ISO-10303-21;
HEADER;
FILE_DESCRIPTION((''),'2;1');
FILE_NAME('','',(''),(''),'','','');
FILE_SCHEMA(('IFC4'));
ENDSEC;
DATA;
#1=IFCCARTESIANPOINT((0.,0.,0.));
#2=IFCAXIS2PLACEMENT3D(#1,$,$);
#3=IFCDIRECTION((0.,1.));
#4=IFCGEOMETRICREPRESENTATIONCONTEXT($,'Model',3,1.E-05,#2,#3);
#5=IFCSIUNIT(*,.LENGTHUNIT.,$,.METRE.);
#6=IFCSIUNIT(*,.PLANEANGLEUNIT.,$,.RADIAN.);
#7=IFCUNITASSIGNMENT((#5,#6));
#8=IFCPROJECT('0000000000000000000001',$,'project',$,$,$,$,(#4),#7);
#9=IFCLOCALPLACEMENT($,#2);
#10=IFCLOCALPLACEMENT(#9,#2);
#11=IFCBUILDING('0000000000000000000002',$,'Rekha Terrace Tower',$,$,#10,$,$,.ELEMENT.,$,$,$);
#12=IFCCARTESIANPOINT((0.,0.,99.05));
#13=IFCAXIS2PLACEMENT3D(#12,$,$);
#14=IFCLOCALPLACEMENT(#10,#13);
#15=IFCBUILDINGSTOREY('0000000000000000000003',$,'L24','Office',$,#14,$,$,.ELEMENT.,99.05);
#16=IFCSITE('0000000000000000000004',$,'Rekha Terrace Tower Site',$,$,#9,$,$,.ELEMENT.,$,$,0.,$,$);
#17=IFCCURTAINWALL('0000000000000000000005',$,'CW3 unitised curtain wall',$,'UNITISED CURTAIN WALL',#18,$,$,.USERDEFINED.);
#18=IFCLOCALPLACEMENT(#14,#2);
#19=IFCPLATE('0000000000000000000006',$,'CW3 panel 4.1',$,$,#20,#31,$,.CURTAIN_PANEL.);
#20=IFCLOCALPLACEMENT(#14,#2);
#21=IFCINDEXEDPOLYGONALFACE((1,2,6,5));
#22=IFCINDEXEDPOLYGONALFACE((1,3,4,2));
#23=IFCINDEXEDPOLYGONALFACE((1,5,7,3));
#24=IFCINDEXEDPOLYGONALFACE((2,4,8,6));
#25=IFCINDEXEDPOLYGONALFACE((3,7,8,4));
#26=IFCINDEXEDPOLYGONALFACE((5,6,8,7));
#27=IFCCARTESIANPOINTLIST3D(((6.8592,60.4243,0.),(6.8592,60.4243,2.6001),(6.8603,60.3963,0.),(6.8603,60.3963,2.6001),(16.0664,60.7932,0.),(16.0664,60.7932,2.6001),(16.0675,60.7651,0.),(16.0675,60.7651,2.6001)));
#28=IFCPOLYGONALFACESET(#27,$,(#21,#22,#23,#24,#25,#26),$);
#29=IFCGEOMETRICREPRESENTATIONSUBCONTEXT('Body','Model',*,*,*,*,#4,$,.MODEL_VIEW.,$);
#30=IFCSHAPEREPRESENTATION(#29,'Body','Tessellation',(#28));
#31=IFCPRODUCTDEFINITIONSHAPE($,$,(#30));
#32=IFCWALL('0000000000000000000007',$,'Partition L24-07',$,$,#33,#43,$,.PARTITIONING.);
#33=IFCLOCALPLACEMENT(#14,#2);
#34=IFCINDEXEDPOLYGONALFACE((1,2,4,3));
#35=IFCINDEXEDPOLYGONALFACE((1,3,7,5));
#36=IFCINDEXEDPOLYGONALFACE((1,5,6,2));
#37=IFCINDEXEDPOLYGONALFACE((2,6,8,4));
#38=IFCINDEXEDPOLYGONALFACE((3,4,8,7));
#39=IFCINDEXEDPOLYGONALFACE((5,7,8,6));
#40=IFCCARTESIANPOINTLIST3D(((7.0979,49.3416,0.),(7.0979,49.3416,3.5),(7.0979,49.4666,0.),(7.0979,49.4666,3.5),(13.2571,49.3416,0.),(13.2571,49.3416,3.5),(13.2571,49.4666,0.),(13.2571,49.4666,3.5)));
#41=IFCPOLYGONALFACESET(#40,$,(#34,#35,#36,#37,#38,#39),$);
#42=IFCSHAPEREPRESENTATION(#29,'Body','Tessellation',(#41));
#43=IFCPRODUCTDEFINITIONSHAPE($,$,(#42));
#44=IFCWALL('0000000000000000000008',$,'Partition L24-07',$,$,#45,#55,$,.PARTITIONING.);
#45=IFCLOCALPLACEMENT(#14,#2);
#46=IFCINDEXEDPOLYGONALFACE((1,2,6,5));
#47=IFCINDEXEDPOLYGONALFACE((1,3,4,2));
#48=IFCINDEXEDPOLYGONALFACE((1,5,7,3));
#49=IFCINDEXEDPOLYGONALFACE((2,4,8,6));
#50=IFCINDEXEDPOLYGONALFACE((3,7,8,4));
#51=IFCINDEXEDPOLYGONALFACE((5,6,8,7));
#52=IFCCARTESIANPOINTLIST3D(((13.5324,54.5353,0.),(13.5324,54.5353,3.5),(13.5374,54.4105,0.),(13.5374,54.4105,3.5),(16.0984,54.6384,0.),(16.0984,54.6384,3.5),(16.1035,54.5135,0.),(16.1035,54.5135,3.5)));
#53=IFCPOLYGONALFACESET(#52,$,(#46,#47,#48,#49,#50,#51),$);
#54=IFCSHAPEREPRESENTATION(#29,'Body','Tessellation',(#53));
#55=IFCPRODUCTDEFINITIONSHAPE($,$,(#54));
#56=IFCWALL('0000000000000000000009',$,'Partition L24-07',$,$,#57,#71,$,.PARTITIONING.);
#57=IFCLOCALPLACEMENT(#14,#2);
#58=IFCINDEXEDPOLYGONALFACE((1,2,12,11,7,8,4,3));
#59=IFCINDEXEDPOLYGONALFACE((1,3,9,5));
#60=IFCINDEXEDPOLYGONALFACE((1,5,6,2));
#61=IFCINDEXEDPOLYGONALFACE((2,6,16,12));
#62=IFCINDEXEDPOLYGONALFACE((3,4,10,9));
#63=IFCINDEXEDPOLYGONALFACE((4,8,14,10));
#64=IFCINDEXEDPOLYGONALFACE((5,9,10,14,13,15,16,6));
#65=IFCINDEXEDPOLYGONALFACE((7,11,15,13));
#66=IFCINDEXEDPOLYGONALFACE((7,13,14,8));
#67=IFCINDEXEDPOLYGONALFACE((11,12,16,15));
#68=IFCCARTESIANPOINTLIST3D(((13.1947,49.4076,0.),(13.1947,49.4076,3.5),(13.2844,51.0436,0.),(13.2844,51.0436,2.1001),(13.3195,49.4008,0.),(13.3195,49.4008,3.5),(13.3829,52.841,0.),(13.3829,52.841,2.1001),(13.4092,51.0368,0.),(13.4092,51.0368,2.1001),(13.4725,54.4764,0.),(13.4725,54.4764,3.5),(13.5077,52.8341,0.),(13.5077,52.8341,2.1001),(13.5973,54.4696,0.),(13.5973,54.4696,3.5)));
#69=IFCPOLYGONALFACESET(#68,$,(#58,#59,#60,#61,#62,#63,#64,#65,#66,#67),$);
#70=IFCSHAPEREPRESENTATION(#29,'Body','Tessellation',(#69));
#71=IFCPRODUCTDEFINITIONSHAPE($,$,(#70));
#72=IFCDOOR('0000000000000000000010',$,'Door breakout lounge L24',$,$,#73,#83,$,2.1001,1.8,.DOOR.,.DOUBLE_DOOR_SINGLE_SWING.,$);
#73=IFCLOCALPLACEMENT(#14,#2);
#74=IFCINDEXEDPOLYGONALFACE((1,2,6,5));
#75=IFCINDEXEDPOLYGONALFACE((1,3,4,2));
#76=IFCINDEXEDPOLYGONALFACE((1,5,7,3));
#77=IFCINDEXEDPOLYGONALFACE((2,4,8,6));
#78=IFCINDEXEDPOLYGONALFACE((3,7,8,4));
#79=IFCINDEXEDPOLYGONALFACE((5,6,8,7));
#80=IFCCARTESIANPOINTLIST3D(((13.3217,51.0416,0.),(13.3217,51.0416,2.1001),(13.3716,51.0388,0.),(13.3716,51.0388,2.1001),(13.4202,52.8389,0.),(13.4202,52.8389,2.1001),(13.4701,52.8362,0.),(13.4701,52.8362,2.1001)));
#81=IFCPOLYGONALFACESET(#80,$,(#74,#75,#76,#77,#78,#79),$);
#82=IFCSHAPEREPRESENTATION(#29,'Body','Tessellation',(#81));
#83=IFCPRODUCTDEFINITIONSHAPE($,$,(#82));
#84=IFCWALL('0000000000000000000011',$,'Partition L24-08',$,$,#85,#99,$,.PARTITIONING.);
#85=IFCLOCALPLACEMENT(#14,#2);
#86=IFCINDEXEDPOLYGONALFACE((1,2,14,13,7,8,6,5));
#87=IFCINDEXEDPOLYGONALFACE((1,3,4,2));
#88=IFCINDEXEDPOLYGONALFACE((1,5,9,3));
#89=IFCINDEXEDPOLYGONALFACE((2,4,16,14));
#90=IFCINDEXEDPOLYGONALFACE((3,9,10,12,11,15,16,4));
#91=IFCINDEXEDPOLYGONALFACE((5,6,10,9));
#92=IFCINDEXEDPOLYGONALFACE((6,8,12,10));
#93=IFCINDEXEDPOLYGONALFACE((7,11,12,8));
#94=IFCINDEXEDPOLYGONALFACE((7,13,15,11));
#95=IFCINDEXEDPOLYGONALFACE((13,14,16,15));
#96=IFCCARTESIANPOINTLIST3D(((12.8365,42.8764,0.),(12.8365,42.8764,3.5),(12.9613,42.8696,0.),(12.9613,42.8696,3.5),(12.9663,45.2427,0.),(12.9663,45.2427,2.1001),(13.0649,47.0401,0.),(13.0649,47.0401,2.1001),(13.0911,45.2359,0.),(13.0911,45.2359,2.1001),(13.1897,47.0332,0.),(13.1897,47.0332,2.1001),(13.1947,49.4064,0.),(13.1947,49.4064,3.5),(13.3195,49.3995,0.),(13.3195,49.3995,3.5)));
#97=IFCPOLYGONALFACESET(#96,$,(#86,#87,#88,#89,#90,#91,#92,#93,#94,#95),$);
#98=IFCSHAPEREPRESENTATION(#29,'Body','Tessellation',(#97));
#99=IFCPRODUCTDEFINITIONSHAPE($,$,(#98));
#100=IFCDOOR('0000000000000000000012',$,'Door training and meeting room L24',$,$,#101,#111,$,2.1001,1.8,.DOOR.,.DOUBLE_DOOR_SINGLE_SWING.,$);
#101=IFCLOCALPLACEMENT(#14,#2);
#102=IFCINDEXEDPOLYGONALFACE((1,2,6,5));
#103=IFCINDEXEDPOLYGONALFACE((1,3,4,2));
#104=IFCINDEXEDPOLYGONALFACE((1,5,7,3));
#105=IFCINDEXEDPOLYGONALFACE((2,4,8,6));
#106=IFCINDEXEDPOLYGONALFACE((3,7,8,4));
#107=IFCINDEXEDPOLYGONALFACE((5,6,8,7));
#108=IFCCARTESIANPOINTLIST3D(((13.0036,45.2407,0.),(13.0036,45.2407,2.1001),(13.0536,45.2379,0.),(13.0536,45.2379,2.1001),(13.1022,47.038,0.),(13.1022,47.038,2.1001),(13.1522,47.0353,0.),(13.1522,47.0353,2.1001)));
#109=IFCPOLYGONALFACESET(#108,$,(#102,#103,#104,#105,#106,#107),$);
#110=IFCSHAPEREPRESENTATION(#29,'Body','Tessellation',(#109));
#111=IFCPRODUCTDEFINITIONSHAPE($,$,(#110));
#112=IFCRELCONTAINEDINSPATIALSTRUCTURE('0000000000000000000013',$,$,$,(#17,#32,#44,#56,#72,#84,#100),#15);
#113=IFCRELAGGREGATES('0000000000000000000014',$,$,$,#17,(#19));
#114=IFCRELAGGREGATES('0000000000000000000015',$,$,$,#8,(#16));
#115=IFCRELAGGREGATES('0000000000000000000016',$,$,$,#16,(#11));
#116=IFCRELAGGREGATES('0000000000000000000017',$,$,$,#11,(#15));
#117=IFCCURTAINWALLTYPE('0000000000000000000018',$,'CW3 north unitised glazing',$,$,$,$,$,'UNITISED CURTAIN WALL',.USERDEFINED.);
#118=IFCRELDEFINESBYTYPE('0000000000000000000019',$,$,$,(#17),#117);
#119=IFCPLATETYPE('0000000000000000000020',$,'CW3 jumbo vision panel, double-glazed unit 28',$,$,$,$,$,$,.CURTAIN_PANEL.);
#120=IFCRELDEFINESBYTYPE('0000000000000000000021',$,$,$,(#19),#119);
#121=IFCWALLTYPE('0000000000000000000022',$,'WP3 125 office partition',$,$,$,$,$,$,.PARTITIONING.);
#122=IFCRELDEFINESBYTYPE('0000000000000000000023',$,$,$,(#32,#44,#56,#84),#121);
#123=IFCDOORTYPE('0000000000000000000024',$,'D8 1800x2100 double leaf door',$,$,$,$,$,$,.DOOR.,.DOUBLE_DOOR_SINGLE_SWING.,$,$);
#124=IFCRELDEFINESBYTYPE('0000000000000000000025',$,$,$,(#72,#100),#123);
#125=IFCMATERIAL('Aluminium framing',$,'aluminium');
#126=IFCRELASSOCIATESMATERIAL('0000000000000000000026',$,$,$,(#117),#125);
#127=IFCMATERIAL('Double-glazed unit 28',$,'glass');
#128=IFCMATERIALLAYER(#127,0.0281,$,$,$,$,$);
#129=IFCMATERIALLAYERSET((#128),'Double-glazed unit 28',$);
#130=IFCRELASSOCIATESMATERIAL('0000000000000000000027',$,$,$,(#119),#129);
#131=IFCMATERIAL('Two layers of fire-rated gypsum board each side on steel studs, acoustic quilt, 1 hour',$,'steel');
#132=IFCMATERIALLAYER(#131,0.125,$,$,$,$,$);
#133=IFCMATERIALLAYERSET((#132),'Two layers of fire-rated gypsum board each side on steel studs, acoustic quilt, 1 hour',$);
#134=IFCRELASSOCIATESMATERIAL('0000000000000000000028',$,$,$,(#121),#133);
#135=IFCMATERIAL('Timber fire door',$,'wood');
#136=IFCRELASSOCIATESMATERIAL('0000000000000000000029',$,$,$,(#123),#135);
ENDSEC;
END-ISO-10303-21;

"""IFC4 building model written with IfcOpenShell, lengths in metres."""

from ifc_helpers import new_model, si_unit, direction, frame, frame_2d, origin, origin_2d, place, context, subcontext, project, spatial, rectangle, extrude, material, layer, layer_set, type_object, element, fill, aggregate, save


model = new_model("IFC4")

# Units and contexts
model_context = context("Model", 3, precision=1e-05, world=origin(), true_north=direction((0.0, 1.0)))
body_context = subcontext(model_context, "Body", "Model", "MODEL_VIEW")
ifc_project = project(units=[si_unit("LENGTHUNIT", "METRE"), si_unit("PLANEANGLEUNIT", "RADIAN")], contexts=[model_context])

# Site, building, storey
site_placement = place(None, origin())
site = spatial("IfcSite", under=ifc_project, at=site_placement, Name="Rekha Terrace Tower Site", CompositionType="ELEMENT", RefElevation=0.0)
building_placement = place(site_placement, origin())
building = spatial("IfcBuilding", under=site, at=building_placement, Name="Rekha Terrace Tower", CompositionType="ELEMENT")
storey_placement = place(building_placement, frame((0.0, 0.0, 99.05)))
storey = spatial("IfcBuildingStorey", under=building, at=storey_placement, Name="L24", Description="Office", CompositionType="ELEMENT", Elevation=99.05)

# Curtain wall
ifc_material_1 = material(Name="Aluminium framing", Category="aluminium")
curtain_wall_type_1 = type_object("IfcCurtainWallType", Name="CW3 north unitised glazing", ElementType="UNITISED CURTAIN WALL", PredefinedType="USERDEFINED", material=ifc_material_1)
curtain_wall_1_placement = place(storey_placement, origin())
curtain_wall_1 = element("IfcCurtainWall", 1, at=curtain_wall_1_placement, inside=storey, type_object=curtain_wall_type_1, Name="CW3 unitised curtain wall", ObjectType="UNITISED CURTAIN WALL", PredefinedType="USERDEFINED")

# Plate
ifc_material_2 = material(Name="Double-glazed unit 28", Category="glass")
ifc_layer_1 = layer(ifc_material_2, 0.0281)
ifc_layer_set_1 = layer_set([ifc_layer_1], Name="Double-glazed unit 28")
plate_type_1 = type_object("IfcPlateType", Name="CW3 jumbo vision panel, double-glazed unit 28", PredefinedType="CURTAIN_PANEL", material=ifc_layer_set_1)
plate_1_placement = place(storey_placement, frame((11.4634, 60.5947, 0.0), z_axis=(0.0, 0.0, 1.0), x_axis=(-0.999198, -0.040032, 0.0)))
plate_1 = element("IfcPlate", 2, at=plate_1_placement, type_object=plate_type_1, Name="CW3 panel 4.1", PredefinedType="CURTAIN_PANEL", context=body_context, shape_type="SweptSolid", body=[
    extrude(rectangle(XDim=9.2146, YDim=0.0281, at=origin_2d()), origin(), (0.0, 0.0, 1.0), 2.6001),
])
aggregate(curtain_wall_1, [plate_1])

# Walls
ifc_material_3 = material(Name="Two layers of fire-rated gypsum board each side on steel studs, acoustic quilt, 1 hour", Category="steel")
ifc_layer_2 = layer(ifc_material_3, 0.125)
ifc_layer_set_2 = layer_set([ifc_layer_2], Name="Two layers of fire-rated gypsum board each side on steel studs, acoustic quilt, 1 hour")
wall_type = type_object("IfcWallType", Name="WP3 125 office partition", PredefinedType="PARTITIONING", material=ifc_layer_set_2)
wall_1_placement = place(storey_placement, frame((13.2571, 49.4041, 0.0), z_axis=(0.0, 0.0, 1.0), x_axis=(-1.0, 0.0, 0.0)))
element("IfcWall", 3, at=wall_1_placement, inside=storey, type_object=wall_type, Name="Partition L24-07", PredefinedType="PARTITIONING", context=body_context, shape_type="SweptSolid", body=[
    extrude(rectangle(XDim=6.1592, YDim=0.125, at=frame_2d((3.0796, 0.0))), origin(), (0.0, 0.0, 1.0), 3.5),
])
wall_2_placement = place(storey_placement, frame((16.1011, 54.5759, 0.0), z_axis=(0.0, 0.0, 1.0), x_axis=(-0.999195, -0.040116, 0.0)))
element("IfcWall", 4, at=wall_2_placement, inside=storey, type_object=wall_type, Name="Partition L24-07", PredefinedType="PARTITIONING", context=body_context, shape_type="SweptSolid", body=[
    extrude(rectangle(XDim=2.5681, YDim=0.125, at=frame_2d((1.2842, 0.0))), origin(), (0.0, 0.0, 1.0), 3.5),
])

# Walls, openings, doors
wall_3_placement = place(storey_placement, frame((13.5349, 54.4729, 0.0), z_axis=(0.0, 0.0, 1.0), x_axis=(-0.05473, -0.998501, 0.0)))
wall_3 = element("IfcWall", 5, at=wall_3_placement, inside=storey, type_object=wall_type, Name="Partition L24-07", PredefinedType="PARTITIONING", context=body_context, shape_type="SweptSolid", body=[
    extrude(rectangle(XDim=5.0764, YDim=0.125, at=frame_2d((2.5381, 0.0))), origin(), (0.0, 0.0, 1.0), 3.5),
])
opening_1_placement = place(wall_3_placement, frame((1.6379, 0.0, 0.0)))
opening_1 = element("IfcOpeningElement", 6, at=opening_1_placement, cuts=wall_3, PredefinedType="OPENING", context=body_context, shape_type="SweptSolid", body=[
    extrude(rectangle(XDim=1.8, YDim=2.1001, at=frame_2d((0.8999, 1.05))), frame((0.0, 0.0725, 0.0), z_axis=(0.0, -1.0, 0.0), x_axis=(1.0, 0.0, 0.0)), (0.0, 0.0, 1.0), 0.145),
])
ifc_material_4 = material(Name="Timber fire door", Category="wood")
door_type = type_object("IfcDoorType", Name="D8 1800x2100 double leaf door", OperationType="DOUBLE_DOOR_SINGLE_SWING", PredefinedType="DOOR", material=ifc_material_4)
door_1_placement = place(opening_1_placement, origin())
door_1 = element("IfcDoor", 7, at=door_1_placement, inside=storey, type_object=door_type, Name="Door breakout lounge L24", OperationType="DOUBLE_DOOR_SINGLE_SWING", OverallHeight=2.1001, OverallWidth=1.8, PredefinedType="DOOR", context=body_context, shape_type="SweptSolid", body=[
    extrude(rectangle(XDim=1.8, YDim=2.1001, at=frame_2d((0.8999, 1.05))), frame((0.0, 0.0249, 0.0), z_axis=(0.0, -1.0, 0.0), x_axis=(1.0, 0.0, 0.0)), (0.0, 0.0, 1.0), 0.05),
])
fill(opening_1, door_1)
wall_4_placement = place(storey_placement, frame((13.2571, 49.4031, 0.0), z_axis=(0.0, 0.0, 1.0), x_axis=(-0.054765, -0.998499, 0.0)))
wall_4 = element("IfcWall", 8, at=wall_4_placement, inside=storey, type_object=wall_type, Name="Partition L24-08", PredefinedType="PARTITIONING", context=body_context, shape_type="SweptSolid", body=[
    extrude(rectangle(XDim=6.5398, YDim=0.125, at=frame_2d((3.27, 0.0))), origin(), (0.0, 0.0, 1.0), 3.5),
])
opening_2_placement = place(wall_4_placement, frame((2.3701, 0.0, 0.0)))
opening_2 = element("IfcOpeningElement", 9, at=opening_2_placement, cuts=wall_4, PredefinedType="OPENING", context=body_context, shape_type="SweptSolid", body=[
    extrude(rectangle(XDim=1.8, YDim=2.1001, at=frame_2d((0.8999, 1.05))), frame((0.0, 0.0725, 0.0), z_axis=(0.0, -1.0, 0.0), x_axis=(1.0, 0.0, 0.0)), (0.0, 0.0, 1.0), 0.145),
])
door_2_placement = place(opening_2_placement, origin())
door_2 = element("IfcDoor", 10, at=door_2_placement, inside=storey, type_object=door_type, Name="Door training and meeting room L24", OperationType="DOUBLE_DOOR_SINGLE_SWING", OverallHeight=2.1001, OverallWidth=1.8, PredefinedType="DOOR", context=body_context, shape_type="SweptSolid", body=[
    extrude(rectangle(XDim=1.8, YDim=2.1001, at=frame_2d((0.8999, 1.05))), frame((0.0, 0.0249, 0.0), z_axis=(0.0, -1.0, 0.0), x_axis=(1.0, 0.0, 0.0)), (0.0, 0.0, 1.0), 0.05),
])
fill(opening_2, door_2)

save(model, "model.ifc")
